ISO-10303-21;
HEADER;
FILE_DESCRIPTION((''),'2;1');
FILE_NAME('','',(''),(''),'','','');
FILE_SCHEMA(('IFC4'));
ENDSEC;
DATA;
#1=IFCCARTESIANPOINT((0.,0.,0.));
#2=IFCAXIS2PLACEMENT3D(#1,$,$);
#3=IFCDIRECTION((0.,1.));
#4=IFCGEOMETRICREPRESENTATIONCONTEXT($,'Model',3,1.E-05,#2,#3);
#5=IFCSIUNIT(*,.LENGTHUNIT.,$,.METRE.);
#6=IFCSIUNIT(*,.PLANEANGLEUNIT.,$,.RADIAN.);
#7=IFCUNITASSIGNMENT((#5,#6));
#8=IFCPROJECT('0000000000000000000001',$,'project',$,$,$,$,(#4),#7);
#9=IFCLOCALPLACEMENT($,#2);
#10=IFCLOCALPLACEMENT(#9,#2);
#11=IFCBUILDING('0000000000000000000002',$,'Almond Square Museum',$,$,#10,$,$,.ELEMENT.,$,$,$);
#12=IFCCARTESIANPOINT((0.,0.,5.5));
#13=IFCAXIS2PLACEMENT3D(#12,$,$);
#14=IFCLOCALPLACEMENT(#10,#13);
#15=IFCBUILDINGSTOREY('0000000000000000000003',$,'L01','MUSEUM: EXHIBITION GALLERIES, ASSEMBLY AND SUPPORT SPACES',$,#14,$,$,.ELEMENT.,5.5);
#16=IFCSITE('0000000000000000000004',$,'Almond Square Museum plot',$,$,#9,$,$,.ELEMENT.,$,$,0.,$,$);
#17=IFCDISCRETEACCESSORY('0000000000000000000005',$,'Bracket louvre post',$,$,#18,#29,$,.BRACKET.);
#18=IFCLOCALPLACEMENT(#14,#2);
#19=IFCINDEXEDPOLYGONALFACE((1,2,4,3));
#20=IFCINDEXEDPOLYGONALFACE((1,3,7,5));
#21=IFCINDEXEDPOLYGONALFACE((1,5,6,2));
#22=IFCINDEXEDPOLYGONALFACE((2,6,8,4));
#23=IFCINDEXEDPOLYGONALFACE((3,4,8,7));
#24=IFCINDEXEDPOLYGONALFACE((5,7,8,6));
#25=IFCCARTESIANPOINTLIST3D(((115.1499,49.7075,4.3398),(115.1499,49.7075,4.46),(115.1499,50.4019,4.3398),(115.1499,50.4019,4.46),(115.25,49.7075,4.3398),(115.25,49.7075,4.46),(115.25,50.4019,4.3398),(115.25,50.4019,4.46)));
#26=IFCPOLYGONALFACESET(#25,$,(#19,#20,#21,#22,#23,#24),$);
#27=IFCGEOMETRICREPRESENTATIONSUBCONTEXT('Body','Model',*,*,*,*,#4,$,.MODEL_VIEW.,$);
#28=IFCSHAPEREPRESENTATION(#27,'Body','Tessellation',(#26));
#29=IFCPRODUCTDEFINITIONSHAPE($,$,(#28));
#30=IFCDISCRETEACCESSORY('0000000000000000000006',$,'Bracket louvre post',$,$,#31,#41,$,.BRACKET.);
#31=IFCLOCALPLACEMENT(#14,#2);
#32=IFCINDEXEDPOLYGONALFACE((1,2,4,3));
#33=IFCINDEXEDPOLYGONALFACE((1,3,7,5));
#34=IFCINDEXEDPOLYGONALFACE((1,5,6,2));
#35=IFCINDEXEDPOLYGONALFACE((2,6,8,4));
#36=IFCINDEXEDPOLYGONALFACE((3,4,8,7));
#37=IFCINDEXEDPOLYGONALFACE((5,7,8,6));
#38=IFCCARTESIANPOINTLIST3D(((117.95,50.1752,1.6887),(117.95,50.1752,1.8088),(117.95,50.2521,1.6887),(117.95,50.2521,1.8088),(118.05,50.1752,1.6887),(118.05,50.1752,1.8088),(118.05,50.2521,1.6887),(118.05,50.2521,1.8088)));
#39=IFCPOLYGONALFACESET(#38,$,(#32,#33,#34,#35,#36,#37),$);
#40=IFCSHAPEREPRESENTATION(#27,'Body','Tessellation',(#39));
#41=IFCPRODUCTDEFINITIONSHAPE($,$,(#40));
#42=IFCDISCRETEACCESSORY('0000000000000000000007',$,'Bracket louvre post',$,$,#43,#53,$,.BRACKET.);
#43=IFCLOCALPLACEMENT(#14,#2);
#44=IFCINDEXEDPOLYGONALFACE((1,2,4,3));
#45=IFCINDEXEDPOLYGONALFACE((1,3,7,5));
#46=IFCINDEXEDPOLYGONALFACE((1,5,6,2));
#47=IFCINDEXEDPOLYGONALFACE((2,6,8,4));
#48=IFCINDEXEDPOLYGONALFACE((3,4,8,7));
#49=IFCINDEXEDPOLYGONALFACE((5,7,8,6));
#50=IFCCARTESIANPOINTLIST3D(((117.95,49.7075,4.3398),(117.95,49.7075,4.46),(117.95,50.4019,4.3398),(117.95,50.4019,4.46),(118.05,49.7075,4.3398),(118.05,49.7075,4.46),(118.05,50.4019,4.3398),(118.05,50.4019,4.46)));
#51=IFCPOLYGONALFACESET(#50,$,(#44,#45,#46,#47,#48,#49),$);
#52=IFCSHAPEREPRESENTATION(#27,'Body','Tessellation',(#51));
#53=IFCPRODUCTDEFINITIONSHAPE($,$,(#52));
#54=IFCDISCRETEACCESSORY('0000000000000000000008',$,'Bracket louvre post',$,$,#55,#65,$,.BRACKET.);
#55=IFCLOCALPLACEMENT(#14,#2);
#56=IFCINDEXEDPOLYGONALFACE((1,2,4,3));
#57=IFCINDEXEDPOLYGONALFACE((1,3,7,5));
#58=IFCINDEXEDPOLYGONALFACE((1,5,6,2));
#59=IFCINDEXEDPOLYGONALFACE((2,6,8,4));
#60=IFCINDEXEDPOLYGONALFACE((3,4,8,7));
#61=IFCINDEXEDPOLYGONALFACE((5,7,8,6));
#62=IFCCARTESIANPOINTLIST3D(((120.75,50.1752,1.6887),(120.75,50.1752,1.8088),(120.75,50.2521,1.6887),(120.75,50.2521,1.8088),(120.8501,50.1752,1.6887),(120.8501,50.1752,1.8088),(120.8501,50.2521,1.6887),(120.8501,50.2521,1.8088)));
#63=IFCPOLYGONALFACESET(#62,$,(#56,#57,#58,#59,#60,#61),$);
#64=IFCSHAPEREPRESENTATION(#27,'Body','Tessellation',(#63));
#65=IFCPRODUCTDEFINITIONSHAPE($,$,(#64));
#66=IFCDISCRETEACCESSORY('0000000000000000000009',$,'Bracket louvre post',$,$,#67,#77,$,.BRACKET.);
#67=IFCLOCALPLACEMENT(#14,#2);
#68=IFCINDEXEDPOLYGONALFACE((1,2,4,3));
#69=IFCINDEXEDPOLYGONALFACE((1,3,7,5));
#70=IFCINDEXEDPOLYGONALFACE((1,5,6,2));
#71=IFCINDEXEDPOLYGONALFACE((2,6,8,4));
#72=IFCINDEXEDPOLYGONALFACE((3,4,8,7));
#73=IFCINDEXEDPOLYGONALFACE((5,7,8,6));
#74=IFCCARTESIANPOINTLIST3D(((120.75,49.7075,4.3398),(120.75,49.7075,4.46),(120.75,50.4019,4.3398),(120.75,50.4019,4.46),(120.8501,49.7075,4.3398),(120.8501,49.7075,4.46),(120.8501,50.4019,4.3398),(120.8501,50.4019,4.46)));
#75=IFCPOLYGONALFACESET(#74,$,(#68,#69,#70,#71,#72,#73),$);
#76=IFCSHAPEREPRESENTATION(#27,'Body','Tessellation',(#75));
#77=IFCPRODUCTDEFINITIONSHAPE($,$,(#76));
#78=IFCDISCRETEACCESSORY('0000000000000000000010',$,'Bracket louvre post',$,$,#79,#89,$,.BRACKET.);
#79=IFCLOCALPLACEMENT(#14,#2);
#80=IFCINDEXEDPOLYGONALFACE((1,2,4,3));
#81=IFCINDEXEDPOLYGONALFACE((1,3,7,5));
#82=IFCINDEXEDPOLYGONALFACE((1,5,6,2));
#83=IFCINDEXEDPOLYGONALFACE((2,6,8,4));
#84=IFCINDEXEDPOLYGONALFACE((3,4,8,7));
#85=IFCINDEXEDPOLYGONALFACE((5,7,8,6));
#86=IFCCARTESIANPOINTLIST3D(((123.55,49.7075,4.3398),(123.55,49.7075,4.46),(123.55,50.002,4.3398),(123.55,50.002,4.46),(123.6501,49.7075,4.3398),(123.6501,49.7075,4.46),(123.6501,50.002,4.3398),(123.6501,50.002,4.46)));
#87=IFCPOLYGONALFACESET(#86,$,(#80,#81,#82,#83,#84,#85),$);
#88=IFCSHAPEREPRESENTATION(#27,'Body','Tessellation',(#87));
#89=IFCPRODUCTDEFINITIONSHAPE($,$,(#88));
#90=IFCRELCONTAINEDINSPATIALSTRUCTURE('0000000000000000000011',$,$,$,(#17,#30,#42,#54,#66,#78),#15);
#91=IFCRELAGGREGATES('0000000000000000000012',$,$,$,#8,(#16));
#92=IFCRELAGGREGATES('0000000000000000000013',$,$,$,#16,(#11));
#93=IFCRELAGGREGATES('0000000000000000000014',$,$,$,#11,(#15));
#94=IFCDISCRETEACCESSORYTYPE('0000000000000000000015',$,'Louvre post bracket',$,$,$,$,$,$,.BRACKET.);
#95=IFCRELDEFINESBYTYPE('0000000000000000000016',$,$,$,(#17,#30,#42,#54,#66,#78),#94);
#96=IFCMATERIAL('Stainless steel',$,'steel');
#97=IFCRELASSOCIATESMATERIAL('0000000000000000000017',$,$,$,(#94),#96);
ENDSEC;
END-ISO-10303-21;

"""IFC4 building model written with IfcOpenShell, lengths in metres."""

from ifc_helpers import new_model, si_unit, direction, frame, origin, origin_2d, place, context, subcontext, project, spatial, rectangle, extrude, material, type_object, element, save


model = new_model("IFC4")

# Units and contexts
model_context = context("Model", 3, precision=1e-05, world=origin(), true_north=direction((0.0, 1.0)))
body_context = subcontext(model_context, "Body", "Model", "MODEL_VIEW")
ifc_project = project(units=[si_unit("LENGTHUNIT", "METRE"), si_unit("PLANEANGLEUNIT", "RADIAN")], contexts=[model_context])

# Site, building, storey
site_placement = place(None, origin())
site = spatial("IfcSite", under=ifc_project, at=site_placement, Name="Almond Square Museum plot", CompositionType="ELEMENT", RefElevation=0.0)
building_placement = place(site_placement, origin())
building = spatial("IfcBuilding", under=site, at=building_placement, Name="Almond Square Museum", CompositionType="ELEMENT")
storey_placement = place(building_placement, frame((0.0, 0.0, 5.5)))
storey = spatial("IfcBuildingStorey", under=building, at=storey_placement, Name="L01", Description="MUSEUM: EXHIBITION GALLERIES, ASSEMBLY AND SUPPORT SPACES", CompositionType="ELEMENT", Elevation=5.5)

# Discrete accessories
ifc_material_1 = material(Name="Stainless steel", Category="steel")
discrete_accessory_type = type_object("IfcDiscreteAccessoryType", Name="Louvre post bracket", PredefinedType="BRACKET", material=ifc_material_1)
discrete_accessory_1_placement = place(storey_placement, frame((115.2, 50.0547, 4.3398), z_axis=(0.0, 0.0, 1.0), x_axis=(1.0, 0.0, 0.0)))
element("IfcDiscreteAccessory", 1, at=discrete_accessory_1_placement, inside=storey, type_object=discrete_accessory_type, Name="Bracket louvre post", PredefinedType="BRACKET", context=body_context, shape_type="SweptSolid", body=[
    extrude(rectangle(XDim=0.1001, YDim=0.6943, at=origin_2d()), origin(), (0.0, 0.0, 1.0), 0.1201),
])
discrete_accessory_2_placement = place(storey_placement, frame((118.0, 50.2136, 1.6887), z_axis=(0.0, 0.0, 1.0), x_axis=(1.0, 0.0, 0.0)))
element("IfcDiscreteAccessory", 2, at=discrete_accessory_2_placement, inside=storey, type_object=discrete_accessory_type, Name="Bracket louvre post", PredefinedType="BRACKET", context=body_context, shape_type="SweptSolid", body=[
    extrude(rectangle(XDim=0.1001, YDim=0.0769, at=origin_2d()), origin(), (0.0, 0.0, 1.0), 0.1201),
])
discrete_accessory_3_placement = place(storey_placement, frame((118.0, 50.0547, 4.3398), z_axis=(0.0, 0.0, 1.0), x_axis=(1.0, 0.0, 0.0)))
element("IfcDiscreteAccessory", 3, at=discrete_accessory_3_placement, inside=storey, type_object=discrete_accessory_type, Name="Bracket louvre post", PredefinedType="BRACKET", context=body_context, shape_type="SweptSolid", body=[
    extrude(rectangle(XDim=0.1001, YDim=0.6943, at=origin_2d()), origin(), (0.0, 0.0, 1.0), 0.1201),
])
discrete_accessory_4_placement = place(storey_placement, frame((120.8, 50.2136, 1.6887), z_axis=(0.0, 0.0, 1.0), x_axis=(1.0, 0.0, 0.0)))
element("IfcDiscreteAccessory", 4, at=discrete_accessory_4_placement, inside=storey, type_object=discrete_accessory_type, Name="Bracket louvre post", PredefinedType="BRACKET", context=body_context, shape_type="SweptSolid", body=[
    extrude(rectangle(XDim=0.1001, YDim=0.0769, at=origin_2d()), origin(), (0.0, 0.0, 1.0), 0.1201),
])
discrete_accessory_5_placement = place(storey_placement, frame((120.8, 50.0547, 4.3398), z_axis=(0.0, 0.0, 1.0), x_axis=(1.0, 0.0, 0.0)))
element("IfcDiscreteAccessory", 5, at=discrete_accessory_5_placement, inside=storey, type_object=discrete_accessory_type, Name="Bracket louvre post", PredefinedType="BRACKET", context=body_context, shape_type="SweptSolid", body=[
    extrude(rectangle(XDim=0.1001, YDim=0.6943, at=origin_2d()), origin(), (0.0, 0.0, 1.0), 0.1201),
])
discrete_accessory_6_placement = place(storey_placement, frame((123.6001, 49.8547, 4.3398), z_axis=(0.0, 0.0, 1.0), x_axis=(1.0, 0.0, 0.0)))
element("IfcDiscreteAccessory", 6, at=discrete_accessory_6_placement, inside=storey, type_object=discrete_accessory_type, Name="Bracket louvre post", PredefinedType="BRACKET", context=body_context, shape_type="SweptSolid", body=[
    extrude(rectangle(XDim=0.1001, YDim=0.2944, at=origin_2d()), origin(), (0.0, 0.0, 1.0), 0.1201),
])

save(model, "model.ifc")
